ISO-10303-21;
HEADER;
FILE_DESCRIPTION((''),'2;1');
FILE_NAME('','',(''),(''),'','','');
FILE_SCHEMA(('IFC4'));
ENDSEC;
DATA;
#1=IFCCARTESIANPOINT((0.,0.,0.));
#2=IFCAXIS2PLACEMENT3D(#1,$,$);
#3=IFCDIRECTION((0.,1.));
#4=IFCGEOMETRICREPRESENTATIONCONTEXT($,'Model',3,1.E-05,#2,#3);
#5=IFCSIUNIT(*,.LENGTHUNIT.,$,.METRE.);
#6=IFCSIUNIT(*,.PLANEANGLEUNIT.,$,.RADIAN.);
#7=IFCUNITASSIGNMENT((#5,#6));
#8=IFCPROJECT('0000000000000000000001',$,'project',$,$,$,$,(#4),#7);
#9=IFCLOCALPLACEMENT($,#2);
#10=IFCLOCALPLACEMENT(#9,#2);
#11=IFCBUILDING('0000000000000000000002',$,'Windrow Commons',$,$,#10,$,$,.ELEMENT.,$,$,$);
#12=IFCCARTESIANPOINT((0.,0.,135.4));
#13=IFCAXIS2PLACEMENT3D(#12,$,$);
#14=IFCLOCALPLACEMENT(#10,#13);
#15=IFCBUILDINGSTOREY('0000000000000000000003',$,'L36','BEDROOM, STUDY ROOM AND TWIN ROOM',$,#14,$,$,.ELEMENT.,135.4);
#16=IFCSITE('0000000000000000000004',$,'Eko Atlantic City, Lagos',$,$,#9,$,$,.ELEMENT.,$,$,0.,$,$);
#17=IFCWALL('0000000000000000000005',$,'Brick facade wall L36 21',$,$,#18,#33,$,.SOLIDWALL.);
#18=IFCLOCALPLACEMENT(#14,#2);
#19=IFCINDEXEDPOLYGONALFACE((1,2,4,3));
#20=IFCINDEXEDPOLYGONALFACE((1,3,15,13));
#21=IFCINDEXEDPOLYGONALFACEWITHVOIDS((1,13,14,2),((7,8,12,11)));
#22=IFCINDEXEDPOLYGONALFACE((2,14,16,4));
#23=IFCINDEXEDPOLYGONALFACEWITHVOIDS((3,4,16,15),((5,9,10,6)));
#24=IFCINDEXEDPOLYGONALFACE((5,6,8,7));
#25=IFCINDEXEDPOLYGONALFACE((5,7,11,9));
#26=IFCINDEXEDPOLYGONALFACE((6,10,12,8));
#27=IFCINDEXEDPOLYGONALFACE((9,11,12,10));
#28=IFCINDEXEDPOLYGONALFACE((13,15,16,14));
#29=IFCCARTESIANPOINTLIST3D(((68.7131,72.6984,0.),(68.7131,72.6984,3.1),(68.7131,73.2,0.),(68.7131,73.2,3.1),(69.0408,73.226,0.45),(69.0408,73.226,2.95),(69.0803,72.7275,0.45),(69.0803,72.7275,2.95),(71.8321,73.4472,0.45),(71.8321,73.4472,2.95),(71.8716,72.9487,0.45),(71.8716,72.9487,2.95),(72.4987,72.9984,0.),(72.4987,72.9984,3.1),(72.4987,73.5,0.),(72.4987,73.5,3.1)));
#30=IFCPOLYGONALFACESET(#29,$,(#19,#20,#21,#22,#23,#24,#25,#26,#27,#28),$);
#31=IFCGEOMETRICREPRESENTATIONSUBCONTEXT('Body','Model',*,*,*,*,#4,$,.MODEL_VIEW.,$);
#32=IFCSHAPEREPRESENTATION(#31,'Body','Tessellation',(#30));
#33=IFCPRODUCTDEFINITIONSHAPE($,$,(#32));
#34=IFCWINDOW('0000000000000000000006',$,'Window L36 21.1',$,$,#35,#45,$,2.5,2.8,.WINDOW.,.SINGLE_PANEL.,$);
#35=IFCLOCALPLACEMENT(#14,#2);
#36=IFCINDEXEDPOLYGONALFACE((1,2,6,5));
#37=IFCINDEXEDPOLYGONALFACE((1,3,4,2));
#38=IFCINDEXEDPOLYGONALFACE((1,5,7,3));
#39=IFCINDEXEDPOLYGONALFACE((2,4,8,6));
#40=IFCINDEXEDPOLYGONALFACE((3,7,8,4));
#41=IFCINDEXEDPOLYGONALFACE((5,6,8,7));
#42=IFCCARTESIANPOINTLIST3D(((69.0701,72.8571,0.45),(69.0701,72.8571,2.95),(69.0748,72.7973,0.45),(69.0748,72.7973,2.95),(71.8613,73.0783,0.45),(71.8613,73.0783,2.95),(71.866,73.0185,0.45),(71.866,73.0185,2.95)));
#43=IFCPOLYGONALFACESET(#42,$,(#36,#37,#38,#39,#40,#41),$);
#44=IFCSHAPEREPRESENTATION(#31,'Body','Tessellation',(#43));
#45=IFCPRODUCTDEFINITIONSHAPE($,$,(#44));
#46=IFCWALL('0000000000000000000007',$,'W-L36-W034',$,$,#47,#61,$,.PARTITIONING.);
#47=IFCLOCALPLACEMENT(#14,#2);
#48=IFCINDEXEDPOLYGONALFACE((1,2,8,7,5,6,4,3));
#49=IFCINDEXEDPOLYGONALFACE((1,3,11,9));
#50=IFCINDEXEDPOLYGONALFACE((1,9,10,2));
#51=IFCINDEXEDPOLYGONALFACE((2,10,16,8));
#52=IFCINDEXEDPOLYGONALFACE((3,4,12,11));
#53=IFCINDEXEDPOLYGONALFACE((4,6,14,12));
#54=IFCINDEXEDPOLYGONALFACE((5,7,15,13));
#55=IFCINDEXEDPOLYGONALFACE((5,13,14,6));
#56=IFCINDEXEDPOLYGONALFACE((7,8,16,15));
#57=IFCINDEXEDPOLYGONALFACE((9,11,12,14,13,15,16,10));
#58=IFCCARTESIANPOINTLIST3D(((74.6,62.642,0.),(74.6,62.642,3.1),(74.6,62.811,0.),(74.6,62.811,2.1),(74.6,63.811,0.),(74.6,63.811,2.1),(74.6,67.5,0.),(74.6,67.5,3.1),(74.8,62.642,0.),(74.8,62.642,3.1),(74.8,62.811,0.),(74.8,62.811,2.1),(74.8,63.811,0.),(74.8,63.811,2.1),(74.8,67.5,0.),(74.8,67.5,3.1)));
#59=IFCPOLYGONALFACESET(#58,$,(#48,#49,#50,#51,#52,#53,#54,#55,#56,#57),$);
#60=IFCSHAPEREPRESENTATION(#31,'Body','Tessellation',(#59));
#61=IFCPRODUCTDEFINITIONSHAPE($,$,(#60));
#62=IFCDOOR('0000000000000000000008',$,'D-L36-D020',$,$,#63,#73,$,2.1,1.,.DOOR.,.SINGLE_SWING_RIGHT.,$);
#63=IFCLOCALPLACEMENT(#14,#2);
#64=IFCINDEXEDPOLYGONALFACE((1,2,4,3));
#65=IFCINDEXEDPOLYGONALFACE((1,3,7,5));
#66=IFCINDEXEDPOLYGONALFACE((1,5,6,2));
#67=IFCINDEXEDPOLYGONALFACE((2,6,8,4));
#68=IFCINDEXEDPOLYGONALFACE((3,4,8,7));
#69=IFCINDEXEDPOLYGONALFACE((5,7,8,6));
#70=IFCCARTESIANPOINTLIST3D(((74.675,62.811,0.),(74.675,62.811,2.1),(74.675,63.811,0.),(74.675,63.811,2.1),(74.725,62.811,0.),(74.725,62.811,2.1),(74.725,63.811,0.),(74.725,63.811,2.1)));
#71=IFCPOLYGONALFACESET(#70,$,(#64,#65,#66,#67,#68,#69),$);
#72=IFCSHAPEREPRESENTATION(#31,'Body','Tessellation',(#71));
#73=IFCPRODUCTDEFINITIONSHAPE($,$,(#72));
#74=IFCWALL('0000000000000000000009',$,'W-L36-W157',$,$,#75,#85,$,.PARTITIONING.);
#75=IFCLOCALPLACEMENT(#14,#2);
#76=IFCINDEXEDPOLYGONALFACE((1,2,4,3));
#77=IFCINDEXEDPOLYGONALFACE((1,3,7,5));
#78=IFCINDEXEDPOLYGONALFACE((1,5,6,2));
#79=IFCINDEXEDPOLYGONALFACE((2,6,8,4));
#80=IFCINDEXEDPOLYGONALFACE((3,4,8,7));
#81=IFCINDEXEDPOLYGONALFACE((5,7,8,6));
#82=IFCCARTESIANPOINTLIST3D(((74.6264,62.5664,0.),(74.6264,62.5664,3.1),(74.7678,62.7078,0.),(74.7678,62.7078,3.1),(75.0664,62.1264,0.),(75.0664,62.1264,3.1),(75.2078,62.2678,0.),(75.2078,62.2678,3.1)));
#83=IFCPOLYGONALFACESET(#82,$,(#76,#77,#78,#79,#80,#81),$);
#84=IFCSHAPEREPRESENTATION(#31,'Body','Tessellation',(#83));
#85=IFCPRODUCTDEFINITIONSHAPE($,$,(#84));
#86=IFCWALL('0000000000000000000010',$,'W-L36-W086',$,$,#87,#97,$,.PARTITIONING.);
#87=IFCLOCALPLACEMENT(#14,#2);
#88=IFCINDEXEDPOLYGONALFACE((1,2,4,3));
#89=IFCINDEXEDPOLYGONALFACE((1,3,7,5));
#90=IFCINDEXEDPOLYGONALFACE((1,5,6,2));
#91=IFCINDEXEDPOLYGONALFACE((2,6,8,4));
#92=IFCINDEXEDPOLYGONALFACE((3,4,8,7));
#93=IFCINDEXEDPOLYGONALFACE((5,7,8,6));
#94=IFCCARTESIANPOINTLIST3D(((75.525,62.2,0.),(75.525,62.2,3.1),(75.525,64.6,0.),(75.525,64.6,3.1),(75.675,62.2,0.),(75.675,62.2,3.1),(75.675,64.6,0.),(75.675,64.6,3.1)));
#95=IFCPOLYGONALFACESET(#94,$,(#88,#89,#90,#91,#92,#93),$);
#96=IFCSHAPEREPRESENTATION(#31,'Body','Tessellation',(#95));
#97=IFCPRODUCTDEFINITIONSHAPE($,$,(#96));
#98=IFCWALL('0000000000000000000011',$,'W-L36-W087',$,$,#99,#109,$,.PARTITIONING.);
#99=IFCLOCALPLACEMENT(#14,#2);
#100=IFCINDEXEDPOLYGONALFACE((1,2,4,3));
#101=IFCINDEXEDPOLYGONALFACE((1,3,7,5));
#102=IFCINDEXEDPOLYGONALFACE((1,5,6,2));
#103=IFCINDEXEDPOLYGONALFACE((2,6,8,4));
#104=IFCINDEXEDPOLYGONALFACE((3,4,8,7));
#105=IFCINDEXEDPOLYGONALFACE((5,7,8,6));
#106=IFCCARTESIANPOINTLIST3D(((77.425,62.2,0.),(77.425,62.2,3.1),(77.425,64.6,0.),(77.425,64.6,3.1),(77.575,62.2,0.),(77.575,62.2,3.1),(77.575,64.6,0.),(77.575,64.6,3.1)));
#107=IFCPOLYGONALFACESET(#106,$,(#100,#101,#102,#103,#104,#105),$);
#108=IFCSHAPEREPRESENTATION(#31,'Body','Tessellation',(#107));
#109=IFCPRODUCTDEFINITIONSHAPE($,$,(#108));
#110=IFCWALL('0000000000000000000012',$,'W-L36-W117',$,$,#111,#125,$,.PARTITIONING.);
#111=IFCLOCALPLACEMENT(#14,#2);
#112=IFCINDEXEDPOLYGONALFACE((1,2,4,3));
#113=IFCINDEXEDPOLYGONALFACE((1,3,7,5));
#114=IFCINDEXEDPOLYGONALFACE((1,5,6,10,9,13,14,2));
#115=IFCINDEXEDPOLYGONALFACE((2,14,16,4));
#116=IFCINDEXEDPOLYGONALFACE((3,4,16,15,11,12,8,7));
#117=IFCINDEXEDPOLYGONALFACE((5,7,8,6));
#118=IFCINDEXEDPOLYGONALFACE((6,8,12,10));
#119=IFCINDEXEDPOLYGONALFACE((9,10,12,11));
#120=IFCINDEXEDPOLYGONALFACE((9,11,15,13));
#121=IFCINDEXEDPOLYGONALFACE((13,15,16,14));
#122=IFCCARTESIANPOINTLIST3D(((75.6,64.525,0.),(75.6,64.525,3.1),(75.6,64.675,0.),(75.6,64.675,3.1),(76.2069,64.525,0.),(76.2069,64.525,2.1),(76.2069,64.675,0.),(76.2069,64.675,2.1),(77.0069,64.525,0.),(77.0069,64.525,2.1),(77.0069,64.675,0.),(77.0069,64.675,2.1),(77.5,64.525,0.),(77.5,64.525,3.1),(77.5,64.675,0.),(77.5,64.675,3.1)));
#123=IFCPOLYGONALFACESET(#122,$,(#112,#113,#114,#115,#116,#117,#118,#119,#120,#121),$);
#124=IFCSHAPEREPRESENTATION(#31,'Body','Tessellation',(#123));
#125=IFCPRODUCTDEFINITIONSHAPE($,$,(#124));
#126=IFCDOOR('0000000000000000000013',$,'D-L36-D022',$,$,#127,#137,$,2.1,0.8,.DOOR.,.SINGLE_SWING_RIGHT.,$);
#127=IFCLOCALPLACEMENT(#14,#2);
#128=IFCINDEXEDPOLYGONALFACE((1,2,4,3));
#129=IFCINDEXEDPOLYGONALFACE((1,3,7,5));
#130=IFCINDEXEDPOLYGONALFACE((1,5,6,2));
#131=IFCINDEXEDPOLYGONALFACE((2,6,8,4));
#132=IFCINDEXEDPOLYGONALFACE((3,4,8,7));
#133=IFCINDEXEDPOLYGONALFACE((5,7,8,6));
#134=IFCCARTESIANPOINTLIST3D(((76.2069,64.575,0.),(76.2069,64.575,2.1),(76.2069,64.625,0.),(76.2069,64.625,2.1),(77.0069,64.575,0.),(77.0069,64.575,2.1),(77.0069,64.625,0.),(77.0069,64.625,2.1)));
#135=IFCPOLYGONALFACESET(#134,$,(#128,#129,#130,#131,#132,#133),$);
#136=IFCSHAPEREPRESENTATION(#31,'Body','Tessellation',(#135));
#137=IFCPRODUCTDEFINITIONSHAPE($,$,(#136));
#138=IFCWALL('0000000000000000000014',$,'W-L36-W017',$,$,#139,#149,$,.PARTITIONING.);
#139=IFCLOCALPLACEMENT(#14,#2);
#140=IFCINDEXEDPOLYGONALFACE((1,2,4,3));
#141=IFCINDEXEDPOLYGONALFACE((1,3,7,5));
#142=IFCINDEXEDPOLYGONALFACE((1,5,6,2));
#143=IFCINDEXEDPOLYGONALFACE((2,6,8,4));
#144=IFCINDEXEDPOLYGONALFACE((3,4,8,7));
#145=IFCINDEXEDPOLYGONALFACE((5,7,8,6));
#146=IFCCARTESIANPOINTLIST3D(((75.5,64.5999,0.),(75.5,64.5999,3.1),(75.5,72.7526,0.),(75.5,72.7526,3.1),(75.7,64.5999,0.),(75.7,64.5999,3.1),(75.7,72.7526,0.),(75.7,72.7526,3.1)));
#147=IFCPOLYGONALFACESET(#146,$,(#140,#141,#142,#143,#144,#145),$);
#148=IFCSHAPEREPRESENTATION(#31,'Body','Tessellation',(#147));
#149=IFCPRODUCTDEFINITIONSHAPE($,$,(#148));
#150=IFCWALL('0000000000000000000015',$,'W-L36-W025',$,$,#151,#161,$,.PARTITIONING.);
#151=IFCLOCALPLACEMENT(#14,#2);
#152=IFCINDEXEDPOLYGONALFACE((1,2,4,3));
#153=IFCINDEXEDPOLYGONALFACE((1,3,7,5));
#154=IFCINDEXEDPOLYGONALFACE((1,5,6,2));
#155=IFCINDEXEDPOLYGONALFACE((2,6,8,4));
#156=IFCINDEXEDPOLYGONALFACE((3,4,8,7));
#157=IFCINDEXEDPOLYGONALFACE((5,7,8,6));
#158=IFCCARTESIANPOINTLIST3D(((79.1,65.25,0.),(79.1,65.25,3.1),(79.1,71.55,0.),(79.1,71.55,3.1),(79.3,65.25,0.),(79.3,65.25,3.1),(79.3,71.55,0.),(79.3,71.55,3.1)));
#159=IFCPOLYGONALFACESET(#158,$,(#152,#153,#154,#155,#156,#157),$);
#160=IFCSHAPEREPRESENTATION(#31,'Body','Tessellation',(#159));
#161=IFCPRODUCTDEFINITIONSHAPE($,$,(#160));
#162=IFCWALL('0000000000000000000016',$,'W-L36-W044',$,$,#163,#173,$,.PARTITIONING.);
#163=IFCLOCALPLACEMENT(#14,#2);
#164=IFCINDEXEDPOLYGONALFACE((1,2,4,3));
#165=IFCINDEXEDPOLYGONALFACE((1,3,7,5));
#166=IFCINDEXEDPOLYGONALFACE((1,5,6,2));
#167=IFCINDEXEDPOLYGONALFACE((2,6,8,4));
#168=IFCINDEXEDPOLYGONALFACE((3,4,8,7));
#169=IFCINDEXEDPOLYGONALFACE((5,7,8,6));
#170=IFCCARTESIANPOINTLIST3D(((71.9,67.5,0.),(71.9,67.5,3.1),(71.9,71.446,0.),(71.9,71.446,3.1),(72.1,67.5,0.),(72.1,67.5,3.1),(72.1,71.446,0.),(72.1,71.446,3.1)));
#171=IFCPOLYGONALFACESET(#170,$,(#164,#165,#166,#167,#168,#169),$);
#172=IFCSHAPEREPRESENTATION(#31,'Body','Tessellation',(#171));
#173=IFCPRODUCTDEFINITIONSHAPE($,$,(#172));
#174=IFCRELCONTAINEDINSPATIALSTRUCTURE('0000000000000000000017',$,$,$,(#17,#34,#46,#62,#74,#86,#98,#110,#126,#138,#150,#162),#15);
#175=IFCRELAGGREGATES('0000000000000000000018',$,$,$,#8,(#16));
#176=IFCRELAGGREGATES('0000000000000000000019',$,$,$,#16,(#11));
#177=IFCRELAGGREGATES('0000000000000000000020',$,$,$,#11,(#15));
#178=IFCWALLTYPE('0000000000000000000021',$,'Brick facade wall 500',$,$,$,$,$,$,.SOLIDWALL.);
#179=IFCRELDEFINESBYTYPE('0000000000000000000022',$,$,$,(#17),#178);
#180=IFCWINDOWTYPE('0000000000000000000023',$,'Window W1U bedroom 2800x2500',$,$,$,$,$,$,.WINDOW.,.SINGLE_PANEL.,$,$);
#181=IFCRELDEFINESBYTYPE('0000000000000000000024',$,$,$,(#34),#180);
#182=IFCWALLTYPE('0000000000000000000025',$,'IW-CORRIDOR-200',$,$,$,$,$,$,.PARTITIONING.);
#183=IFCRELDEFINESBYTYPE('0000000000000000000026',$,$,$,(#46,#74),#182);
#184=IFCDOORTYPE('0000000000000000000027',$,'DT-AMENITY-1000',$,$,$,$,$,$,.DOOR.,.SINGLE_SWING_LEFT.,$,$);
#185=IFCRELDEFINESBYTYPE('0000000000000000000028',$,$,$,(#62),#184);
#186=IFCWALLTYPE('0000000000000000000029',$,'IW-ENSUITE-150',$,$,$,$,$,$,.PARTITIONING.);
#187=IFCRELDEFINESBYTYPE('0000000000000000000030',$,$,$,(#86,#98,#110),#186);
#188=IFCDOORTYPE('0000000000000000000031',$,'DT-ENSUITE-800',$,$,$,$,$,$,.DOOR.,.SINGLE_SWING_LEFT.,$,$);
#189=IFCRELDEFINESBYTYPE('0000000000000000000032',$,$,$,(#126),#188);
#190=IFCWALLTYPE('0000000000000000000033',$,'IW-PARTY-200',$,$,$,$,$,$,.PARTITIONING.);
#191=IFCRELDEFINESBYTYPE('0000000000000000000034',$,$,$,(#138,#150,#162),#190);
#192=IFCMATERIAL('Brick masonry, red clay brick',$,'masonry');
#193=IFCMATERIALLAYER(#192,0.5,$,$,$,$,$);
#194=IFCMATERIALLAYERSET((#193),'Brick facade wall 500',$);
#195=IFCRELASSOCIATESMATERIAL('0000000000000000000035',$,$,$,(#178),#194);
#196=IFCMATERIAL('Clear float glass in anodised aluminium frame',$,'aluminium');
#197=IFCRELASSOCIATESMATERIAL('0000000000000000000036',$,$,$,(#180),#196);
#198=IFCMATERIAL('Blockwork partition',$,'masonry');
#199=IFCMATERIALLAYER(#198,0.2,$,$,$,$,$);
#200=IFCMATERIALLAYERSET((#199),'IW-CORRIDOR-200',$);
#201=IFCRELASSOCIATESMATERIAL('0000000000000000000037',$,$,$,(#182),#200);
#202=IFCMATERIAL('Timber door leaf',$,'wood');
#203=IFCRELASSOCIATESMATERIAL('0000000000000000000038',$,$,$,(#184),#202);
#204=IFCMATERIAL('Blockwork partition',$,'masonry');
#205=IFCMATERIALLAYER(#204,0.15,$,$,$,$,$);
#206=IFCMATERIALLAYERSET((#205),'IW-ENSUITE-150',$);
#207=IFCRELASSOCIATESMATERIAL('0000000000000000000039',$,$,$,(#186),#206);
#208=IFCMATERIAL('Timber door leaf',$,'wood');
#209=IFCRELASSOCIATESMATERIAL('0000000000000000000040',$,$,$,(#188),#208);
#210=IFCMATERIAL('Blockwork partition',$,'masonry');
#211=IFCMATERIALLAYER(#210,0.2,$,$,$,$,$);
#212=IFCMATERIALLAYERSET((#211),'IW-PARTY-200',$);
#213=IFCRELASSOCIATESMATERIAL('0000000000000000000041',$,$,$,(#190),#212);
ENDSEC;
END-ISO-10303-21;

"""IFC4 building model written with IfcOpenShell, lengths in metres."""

from ifc_helpers import new_model, si_unit, direction, frame, frame_2d, origin, place, context, subcontext, project, spatial, polyline, rectangle, outline, extrude, material, layer, layer_set, type_object, element, fill, save


model = new_model("IFC4")

# Units and contexts
model_context = context("Model", 3, precision=1e-05, world=origin(), true_north=direction((0.0, 1.0)))
body_context = subcontext(model_context, "Body", "Model", "MODEL_VIEW")
ifc_project = project(units=[si_unit("LENGTHUNIT", "METRE"), si_unit("PLANEANGLEUNIT", "RADIAN")], contexts=[model_context])

# Site, building, storey
site_placement = place(None, origin())
site = spatial("IfcSite", under=ifc_project, at=site_placement, Name="Eko Atlantic City, Lagos", CompositionType="ELEMENT", RefElevation=0.0)
building_placement = place(site_placement, origin())
building = spatial("IfcBuilding", under=site, at=building_placement, Name="Windrow Commons", CompositionType="ELEMENT")
storey_placement = place(building_placement, frame((0.0, 0.0, 135.4)))
storey = spatial("IfcBuildingStorey", under=building, at=storey_placement, Name="L36", Description="BEDROOM, STUDY ROOM AND TWIN ROOM", CompositionType="ELEMENT", Elevation=135.4)

# Wall, opening, window
ifc_material_1 = material(Name="Brick masonry, red clay brick", Category="masonry")
ifc_layer_1 = layer(ifc_material_1, 0.5)
ifc_layer_set_1 = layer_set([ifc_layer_1], Name="Brick facade wall 500")
wall_type_1 = type_object("IfcWallType", Name="Brick facade wall 500", PredefinedType="SOLIDWALL", material=ifc_layer_set_1)
wall_1_placement = place(storey_placement, frame((72.4987, 73.2492, 0.0), z_axis=(0.0, 0.0, 1.0), x_axis=(-0.996875, -0.078998, 0.0)))
wall_1 = element("IfcWall", 1, at=wall_1_placement, inside=storey, type_object=wall_type_1, Name="Brick facade wall L36 21", PredefinedType="SOLIDWALL", context=body_context, shape_type="SweptSolid", body=[
    extrude(outline(polyline([(-0.0198, -0.25), (3.7777, -0.25), (3.8173, 0.25), (0.0198, 0.25), (-0.0198, -0.25)])), origin(), (0.0, 0.0, 1.0), 3.1),
])
opening_1_placement = place(wall_1_placement, frame((0.6489, 0.0, 0.45)))
opening_1 = element("IfcOpeningElement", 2, at=opening_1_placement, cuts=wall_1, PredefinedType="OPENING", context=body_context, shape_type="SweptSolid", body=[
    extrude(rectangle(XDim=2.8, YDim=2.5, at=frame_2d((1.4, 1.25))), frame((0.0, 0.26, 0.0), z_axis=(0.0, -1.0, 0.0), x_axis=(1.0, 0.0, 0.0)), (0.0, 0.0, 1.0), 0.52),
])
ifc_material_2 = material(Name="Clear float glass in anodised aluminium frame", Category="aluminium")
window_type_1 = type_object("IfcWindowType", Name="Window W1U bedroom 2800x2500", PartitioningType="SINGLE_PANEL", PredefinedType="WINDOW", material=ifc_material_2)
window_1_placement = place(opening_1_placement, origin())
window_1 = element("IfcWindow", 3, at=window_1_placement, inside=storey, type_object=window_type_1, Name="Window L36 21.1", OverallHeight=2.5, OverallWidth=2.8, PartitioningType="SINGLE_PANEL", PredefinedType="WINDOW", context=body_context, shape_type="SweptSolid", body=[
    extrude(rectangle(XDim=2.8, YDim=2.5, at=frame_2d((1.4, 1.25))), frame((0.0, 0.18, 0.0), z_axis=(0.0, -1.0, 0.0), x_axis=(1.0, 0.0, 0.0)), (0.0, 0.0, 1.0), 0.06),
])
fill(opening_1, window_1)

# Wall, opening, door
ifc_material_3 = material(Name="Blockwork partition", Category="masonry")
ifc_layer_2 = layer(ifc_material_3, 0.2)
ifc_layer_set_2 = layer_set([ifc_layer_2], Name="IW-CORRIDOR-200")
wall_type_2 = type_object("IfcWallType", Name="IW-CORRIDOR-200", PredefinedType="PARTITIONING", material=ifc_layer_set_2)
wall_2_placement = place(storey_placement, frame((74.7, 62.642, 0.0), z_axis=(0.0, 0.0, 1.0), x_axis=(0.0, 1.0, 0.0)))
wall_2 = element("IfcWall", 4, at=wall_2_placement, inside=storey, type_object=wall_type_2, Name="W-L36-W034", PredefinedType="PARTITIONING", context=body_context, shape_type="SweptSolid", body=[
    extrude(rectangle(XDim=4.858, YDim=0.2, at=frame_2d((2.429, 0.0))), origin(), (0.0, 0.0, 1.0), 3.1),
])
opening_2_placement = place(wall_2_placement, frame((0.169, 0.0, 0.0)))
opening_2 = element("IfcOpeningElement", 5, at=opening_2_placement, cuts=wall_2, PredefinedType="OPENING", context=body_context, shape_type="SweptSolid", body=[
    extrude(rectangle(XDim=1.0, YDim=2.1, at=frame_2d((0.5, 1.05))), frame((0.0, 0.11, 0.0), z_axis=(0.0, -1.0, 0.0), x_axis=(1.0, 0.0, 0.0)), (0.0, 0.0, 1.0), 0.22),
])
ifc_material_4 = material(Name="Timber door leaf", Category="wood")
door_type_1 = type_object("IfcDoorType", Name="DT-AMENITY-1000", OperationType="SINGLE_SWING_LEFT", PredefinedType="DOOR", material=ifc_material_4)
door_1_placement = place(opening_2_placement, origin())
door_1 = element("IfcDoor", 6, at=door_1_placement, inside=storey, type_object=door_type_1, Name="D-L36-D020", OperationType="SINGLE_SWING_RIGHT", OverallHeight=2.1, OverallWidth=1.0, PredefinedType="DOOR", context=body_context, shape_type="SweptSolid", body=[
    extrude(rectangle(XDim=1.0, YDim=2.1, at=frame_2d((0.5, 1.05))), frame((0.0, 0.025, 0.0), z_axis=(0.0, -1.0, 0.0), x_axis=(1.0, 0.0, 0.0)), (0.0, 0.0, 1.0), 0.05),
])
fill(opening_2, door_1)

# Walls
wall_3_placement = place(storey_placement, frame((74.6971, 62.6371, 0.0), z_axis=(0.0, 0.0, 1.0), x_axis=(0.707107, -0.707107, 0.0)))
element("IfcWall", 7, at=wall_3_placement, inside=storey, type_object=wall_type_2, Name="W-L36-W157", PredefinedType="PARTITIONING", context=body_context, shape_type="SweptSolid", body=[
    extrude(rectangle(XDim=0.6223, YDim=0.2, at=frame_2d((0.3111, 0.0))), origin(), (0.0, 0.0, 1.0), 3.1),
])
ifc_material_5 = material(Name="Blockwork partition", Category="masonry")
ifc_layer_3 = layer(ifc_material_5, 0.15)
ifc_layer_set_3 = layer_set([ifc_layer_3], Name="IW-ENSUITE-150")
wall_type_3 = type_object("IfcWallType", Name="IW-ENSUITE-150", PredefinedType="PARTITIONING", material=ifc_layer_set_3)
for number, where, z_axis, x_axis, name in (
    (8, (75.6, 62.2, 0.0), (0.0, 0.0, 1.0), (0.0, 1.0, 0.0), "W-L36-W086"),
    (9, (77.5, 62.2, 0.0), (0.0, 0.0, 1.0), (0.0, 1.0, 0.0), "W-L36-W087"),
):
    element("IfcWall", number, at=place(storey_placement, frame(where, z_axis=z_axis, x_axis=x_axis)), inside=storey, type_object=wall_type_3, Name=name, PredefinedType="PARTITIONING", context=body_context, shape_type="SweptSolid", body=[
        extrude(rectangle(XDim=2.4, YDim=0.15, at=frame_2d((1.2, 0.0))), origin(), (0.0, 0.0, 1.0), 3.1),
    ])

# Wall, opening, door
wall_4_placement = place(storey_placement, frame((75.6, 64.6, 0.0), z_axis=(0.0, 0.0, 1.0), x_axis=(1.0, 0.0, 0.0)))
wall_4 = element("IfcWall", 10, at=wall_4_placement, inside=storey, type_object=wall_type_3, Name="W-L36-W117", PredefinedType="PARTITIONING", context=body_context, shape_type="SweptSolid", body=[
    extrude(rectangle(XDim=1.9, YDim=0.15, at=frame_2d((0.95, 0.0))), origin(), (0.0, 0.0, 1.0), 3.1),
])
opening_3_placement = place(wall_4_placement, frame((0.6069, 0.0, 0.0)))
opening_3 = element("IfcOpeningElement", 11, at=opening_3_placement, cuts=wall_4, PredefinedType="OPENING", context=body_context, shape_type="SweptSolid", body=[
    extrude(rectangle(XDim=0.8, YDim=2.1, at=frame_2d((0.4, 1.05))), frame((0.0, 0.085, 0.0), z_axis=(0.0, -1.0, 0.0), x_axis=(1.0, 0.0, 0.0)), (0.0, 0.0, 1.0), 0.17),
])
ifc_material_6 = material(Name="Timber door leaf", Category="wood")
door_type_2 = type_object("IfcDoorType", Name="DT-ENSUITE-800", OperationType="SINGLE_SWING_LEFT", PredefinedType="DOOR", material=ifc_material_6)
door_2_placement = place(opening_3_placement, origin())
door_2 = element("IfcDoor", 12, at=door_2_placement, inside=storey, type_object=door_type_2, Name="D-L36-D022", OperationType="SINGLE_SWING_RIGHT", OverallHeight=2.1, OverallWidth=0.8, PredefinedType="DOOR", context=body_context, shape_type="SweptSolid", body=[
    extrude(rectangle(XDim=0.8, YDim=2.1, at=frame_2d((0.4, 1.05))), frame((0.0, 0.025, 0.0), z_axis=(0.0, -1.0, 0.0), x_axis=(1.0, 0.0, 0.0)), (0.0, 0.0, 1.0), 0.05),
])
fill(opening_3, door_2)

# Walls
ifc_material_7 = material(Name="Blockwork partition", Category="masonry")
ifc_layer_4 = layer(ifc_material_7, 0.2)
ifc_layer_set_4 = layer_set([ifc_layer_4], Name="IW-PARTY-200")
wall_type_4 = type_object("IfcWallType", Name="IW-PARTY-200", PredefinedType="PARTITIONING", material=ifc_layer_set_4)
wall_5_placement = place(storey_placement, frame((75.6, 64.6, 0.0), z_axis=(0.0, 0.0, 1.0), x_axis=(0.0, 1.0, 0.0)))
element("IfcWall", 13, at=wall_5_placement, inside=storey, type_object=wall_type_4, Name="W-L36-W017", PredefinedType="PARTITIONING", context=body_context, shape_type="SweptSolid", body=[
    extrude(rectangle(XDim=8.1527, YDim=0.2, at=frame_2d((4.0763, 0.0))), origin(), (0.0, 0.0, 1.0), 3.1),
])
wall_6_placement = place(storey_placement, frame((79.2, 65.25, 0.0), z_axis=(0.0, 0.0, 1.0), x_axis=(0.0, 1.0, 0.0)))
element("IfcWall", 14, at=wall_6_placement, inside=storey, type_object=wall_type_4, Name="W-L36-W025", PredefinedType="PARTITIONING", context=body_context, shape_type="SweptSolid", body=[
    extrude(rectangle(XDim=6.3, YDim=0.2, at=frame_2d((3.15, 0.0))), origin(), (0.0, 0.0, 1.0), 3.1),
])
wall_7_placement = place(storey_placement, frame((72.0, 67.5, 0.0), z_axis=(0.0, 0.0, 1.0), x_axis=(0.0, 1.0, 0.0)))
element("IfcWall", 15, at=wall_7_placement, inside=storey, type_object=wall_type_4, Name="W-L36-W044", PredefinedType="PARTITIONING", context=body_context, shape_type="SweptSolid", body=[
    extrude(rectangle(XDim=3.946, YDim=0.2, at=frame_2d((1.973, 0.0))), origin(), (0.0, 0.0, 1.0), 3.1),
])

save(model, "model.ifc")
